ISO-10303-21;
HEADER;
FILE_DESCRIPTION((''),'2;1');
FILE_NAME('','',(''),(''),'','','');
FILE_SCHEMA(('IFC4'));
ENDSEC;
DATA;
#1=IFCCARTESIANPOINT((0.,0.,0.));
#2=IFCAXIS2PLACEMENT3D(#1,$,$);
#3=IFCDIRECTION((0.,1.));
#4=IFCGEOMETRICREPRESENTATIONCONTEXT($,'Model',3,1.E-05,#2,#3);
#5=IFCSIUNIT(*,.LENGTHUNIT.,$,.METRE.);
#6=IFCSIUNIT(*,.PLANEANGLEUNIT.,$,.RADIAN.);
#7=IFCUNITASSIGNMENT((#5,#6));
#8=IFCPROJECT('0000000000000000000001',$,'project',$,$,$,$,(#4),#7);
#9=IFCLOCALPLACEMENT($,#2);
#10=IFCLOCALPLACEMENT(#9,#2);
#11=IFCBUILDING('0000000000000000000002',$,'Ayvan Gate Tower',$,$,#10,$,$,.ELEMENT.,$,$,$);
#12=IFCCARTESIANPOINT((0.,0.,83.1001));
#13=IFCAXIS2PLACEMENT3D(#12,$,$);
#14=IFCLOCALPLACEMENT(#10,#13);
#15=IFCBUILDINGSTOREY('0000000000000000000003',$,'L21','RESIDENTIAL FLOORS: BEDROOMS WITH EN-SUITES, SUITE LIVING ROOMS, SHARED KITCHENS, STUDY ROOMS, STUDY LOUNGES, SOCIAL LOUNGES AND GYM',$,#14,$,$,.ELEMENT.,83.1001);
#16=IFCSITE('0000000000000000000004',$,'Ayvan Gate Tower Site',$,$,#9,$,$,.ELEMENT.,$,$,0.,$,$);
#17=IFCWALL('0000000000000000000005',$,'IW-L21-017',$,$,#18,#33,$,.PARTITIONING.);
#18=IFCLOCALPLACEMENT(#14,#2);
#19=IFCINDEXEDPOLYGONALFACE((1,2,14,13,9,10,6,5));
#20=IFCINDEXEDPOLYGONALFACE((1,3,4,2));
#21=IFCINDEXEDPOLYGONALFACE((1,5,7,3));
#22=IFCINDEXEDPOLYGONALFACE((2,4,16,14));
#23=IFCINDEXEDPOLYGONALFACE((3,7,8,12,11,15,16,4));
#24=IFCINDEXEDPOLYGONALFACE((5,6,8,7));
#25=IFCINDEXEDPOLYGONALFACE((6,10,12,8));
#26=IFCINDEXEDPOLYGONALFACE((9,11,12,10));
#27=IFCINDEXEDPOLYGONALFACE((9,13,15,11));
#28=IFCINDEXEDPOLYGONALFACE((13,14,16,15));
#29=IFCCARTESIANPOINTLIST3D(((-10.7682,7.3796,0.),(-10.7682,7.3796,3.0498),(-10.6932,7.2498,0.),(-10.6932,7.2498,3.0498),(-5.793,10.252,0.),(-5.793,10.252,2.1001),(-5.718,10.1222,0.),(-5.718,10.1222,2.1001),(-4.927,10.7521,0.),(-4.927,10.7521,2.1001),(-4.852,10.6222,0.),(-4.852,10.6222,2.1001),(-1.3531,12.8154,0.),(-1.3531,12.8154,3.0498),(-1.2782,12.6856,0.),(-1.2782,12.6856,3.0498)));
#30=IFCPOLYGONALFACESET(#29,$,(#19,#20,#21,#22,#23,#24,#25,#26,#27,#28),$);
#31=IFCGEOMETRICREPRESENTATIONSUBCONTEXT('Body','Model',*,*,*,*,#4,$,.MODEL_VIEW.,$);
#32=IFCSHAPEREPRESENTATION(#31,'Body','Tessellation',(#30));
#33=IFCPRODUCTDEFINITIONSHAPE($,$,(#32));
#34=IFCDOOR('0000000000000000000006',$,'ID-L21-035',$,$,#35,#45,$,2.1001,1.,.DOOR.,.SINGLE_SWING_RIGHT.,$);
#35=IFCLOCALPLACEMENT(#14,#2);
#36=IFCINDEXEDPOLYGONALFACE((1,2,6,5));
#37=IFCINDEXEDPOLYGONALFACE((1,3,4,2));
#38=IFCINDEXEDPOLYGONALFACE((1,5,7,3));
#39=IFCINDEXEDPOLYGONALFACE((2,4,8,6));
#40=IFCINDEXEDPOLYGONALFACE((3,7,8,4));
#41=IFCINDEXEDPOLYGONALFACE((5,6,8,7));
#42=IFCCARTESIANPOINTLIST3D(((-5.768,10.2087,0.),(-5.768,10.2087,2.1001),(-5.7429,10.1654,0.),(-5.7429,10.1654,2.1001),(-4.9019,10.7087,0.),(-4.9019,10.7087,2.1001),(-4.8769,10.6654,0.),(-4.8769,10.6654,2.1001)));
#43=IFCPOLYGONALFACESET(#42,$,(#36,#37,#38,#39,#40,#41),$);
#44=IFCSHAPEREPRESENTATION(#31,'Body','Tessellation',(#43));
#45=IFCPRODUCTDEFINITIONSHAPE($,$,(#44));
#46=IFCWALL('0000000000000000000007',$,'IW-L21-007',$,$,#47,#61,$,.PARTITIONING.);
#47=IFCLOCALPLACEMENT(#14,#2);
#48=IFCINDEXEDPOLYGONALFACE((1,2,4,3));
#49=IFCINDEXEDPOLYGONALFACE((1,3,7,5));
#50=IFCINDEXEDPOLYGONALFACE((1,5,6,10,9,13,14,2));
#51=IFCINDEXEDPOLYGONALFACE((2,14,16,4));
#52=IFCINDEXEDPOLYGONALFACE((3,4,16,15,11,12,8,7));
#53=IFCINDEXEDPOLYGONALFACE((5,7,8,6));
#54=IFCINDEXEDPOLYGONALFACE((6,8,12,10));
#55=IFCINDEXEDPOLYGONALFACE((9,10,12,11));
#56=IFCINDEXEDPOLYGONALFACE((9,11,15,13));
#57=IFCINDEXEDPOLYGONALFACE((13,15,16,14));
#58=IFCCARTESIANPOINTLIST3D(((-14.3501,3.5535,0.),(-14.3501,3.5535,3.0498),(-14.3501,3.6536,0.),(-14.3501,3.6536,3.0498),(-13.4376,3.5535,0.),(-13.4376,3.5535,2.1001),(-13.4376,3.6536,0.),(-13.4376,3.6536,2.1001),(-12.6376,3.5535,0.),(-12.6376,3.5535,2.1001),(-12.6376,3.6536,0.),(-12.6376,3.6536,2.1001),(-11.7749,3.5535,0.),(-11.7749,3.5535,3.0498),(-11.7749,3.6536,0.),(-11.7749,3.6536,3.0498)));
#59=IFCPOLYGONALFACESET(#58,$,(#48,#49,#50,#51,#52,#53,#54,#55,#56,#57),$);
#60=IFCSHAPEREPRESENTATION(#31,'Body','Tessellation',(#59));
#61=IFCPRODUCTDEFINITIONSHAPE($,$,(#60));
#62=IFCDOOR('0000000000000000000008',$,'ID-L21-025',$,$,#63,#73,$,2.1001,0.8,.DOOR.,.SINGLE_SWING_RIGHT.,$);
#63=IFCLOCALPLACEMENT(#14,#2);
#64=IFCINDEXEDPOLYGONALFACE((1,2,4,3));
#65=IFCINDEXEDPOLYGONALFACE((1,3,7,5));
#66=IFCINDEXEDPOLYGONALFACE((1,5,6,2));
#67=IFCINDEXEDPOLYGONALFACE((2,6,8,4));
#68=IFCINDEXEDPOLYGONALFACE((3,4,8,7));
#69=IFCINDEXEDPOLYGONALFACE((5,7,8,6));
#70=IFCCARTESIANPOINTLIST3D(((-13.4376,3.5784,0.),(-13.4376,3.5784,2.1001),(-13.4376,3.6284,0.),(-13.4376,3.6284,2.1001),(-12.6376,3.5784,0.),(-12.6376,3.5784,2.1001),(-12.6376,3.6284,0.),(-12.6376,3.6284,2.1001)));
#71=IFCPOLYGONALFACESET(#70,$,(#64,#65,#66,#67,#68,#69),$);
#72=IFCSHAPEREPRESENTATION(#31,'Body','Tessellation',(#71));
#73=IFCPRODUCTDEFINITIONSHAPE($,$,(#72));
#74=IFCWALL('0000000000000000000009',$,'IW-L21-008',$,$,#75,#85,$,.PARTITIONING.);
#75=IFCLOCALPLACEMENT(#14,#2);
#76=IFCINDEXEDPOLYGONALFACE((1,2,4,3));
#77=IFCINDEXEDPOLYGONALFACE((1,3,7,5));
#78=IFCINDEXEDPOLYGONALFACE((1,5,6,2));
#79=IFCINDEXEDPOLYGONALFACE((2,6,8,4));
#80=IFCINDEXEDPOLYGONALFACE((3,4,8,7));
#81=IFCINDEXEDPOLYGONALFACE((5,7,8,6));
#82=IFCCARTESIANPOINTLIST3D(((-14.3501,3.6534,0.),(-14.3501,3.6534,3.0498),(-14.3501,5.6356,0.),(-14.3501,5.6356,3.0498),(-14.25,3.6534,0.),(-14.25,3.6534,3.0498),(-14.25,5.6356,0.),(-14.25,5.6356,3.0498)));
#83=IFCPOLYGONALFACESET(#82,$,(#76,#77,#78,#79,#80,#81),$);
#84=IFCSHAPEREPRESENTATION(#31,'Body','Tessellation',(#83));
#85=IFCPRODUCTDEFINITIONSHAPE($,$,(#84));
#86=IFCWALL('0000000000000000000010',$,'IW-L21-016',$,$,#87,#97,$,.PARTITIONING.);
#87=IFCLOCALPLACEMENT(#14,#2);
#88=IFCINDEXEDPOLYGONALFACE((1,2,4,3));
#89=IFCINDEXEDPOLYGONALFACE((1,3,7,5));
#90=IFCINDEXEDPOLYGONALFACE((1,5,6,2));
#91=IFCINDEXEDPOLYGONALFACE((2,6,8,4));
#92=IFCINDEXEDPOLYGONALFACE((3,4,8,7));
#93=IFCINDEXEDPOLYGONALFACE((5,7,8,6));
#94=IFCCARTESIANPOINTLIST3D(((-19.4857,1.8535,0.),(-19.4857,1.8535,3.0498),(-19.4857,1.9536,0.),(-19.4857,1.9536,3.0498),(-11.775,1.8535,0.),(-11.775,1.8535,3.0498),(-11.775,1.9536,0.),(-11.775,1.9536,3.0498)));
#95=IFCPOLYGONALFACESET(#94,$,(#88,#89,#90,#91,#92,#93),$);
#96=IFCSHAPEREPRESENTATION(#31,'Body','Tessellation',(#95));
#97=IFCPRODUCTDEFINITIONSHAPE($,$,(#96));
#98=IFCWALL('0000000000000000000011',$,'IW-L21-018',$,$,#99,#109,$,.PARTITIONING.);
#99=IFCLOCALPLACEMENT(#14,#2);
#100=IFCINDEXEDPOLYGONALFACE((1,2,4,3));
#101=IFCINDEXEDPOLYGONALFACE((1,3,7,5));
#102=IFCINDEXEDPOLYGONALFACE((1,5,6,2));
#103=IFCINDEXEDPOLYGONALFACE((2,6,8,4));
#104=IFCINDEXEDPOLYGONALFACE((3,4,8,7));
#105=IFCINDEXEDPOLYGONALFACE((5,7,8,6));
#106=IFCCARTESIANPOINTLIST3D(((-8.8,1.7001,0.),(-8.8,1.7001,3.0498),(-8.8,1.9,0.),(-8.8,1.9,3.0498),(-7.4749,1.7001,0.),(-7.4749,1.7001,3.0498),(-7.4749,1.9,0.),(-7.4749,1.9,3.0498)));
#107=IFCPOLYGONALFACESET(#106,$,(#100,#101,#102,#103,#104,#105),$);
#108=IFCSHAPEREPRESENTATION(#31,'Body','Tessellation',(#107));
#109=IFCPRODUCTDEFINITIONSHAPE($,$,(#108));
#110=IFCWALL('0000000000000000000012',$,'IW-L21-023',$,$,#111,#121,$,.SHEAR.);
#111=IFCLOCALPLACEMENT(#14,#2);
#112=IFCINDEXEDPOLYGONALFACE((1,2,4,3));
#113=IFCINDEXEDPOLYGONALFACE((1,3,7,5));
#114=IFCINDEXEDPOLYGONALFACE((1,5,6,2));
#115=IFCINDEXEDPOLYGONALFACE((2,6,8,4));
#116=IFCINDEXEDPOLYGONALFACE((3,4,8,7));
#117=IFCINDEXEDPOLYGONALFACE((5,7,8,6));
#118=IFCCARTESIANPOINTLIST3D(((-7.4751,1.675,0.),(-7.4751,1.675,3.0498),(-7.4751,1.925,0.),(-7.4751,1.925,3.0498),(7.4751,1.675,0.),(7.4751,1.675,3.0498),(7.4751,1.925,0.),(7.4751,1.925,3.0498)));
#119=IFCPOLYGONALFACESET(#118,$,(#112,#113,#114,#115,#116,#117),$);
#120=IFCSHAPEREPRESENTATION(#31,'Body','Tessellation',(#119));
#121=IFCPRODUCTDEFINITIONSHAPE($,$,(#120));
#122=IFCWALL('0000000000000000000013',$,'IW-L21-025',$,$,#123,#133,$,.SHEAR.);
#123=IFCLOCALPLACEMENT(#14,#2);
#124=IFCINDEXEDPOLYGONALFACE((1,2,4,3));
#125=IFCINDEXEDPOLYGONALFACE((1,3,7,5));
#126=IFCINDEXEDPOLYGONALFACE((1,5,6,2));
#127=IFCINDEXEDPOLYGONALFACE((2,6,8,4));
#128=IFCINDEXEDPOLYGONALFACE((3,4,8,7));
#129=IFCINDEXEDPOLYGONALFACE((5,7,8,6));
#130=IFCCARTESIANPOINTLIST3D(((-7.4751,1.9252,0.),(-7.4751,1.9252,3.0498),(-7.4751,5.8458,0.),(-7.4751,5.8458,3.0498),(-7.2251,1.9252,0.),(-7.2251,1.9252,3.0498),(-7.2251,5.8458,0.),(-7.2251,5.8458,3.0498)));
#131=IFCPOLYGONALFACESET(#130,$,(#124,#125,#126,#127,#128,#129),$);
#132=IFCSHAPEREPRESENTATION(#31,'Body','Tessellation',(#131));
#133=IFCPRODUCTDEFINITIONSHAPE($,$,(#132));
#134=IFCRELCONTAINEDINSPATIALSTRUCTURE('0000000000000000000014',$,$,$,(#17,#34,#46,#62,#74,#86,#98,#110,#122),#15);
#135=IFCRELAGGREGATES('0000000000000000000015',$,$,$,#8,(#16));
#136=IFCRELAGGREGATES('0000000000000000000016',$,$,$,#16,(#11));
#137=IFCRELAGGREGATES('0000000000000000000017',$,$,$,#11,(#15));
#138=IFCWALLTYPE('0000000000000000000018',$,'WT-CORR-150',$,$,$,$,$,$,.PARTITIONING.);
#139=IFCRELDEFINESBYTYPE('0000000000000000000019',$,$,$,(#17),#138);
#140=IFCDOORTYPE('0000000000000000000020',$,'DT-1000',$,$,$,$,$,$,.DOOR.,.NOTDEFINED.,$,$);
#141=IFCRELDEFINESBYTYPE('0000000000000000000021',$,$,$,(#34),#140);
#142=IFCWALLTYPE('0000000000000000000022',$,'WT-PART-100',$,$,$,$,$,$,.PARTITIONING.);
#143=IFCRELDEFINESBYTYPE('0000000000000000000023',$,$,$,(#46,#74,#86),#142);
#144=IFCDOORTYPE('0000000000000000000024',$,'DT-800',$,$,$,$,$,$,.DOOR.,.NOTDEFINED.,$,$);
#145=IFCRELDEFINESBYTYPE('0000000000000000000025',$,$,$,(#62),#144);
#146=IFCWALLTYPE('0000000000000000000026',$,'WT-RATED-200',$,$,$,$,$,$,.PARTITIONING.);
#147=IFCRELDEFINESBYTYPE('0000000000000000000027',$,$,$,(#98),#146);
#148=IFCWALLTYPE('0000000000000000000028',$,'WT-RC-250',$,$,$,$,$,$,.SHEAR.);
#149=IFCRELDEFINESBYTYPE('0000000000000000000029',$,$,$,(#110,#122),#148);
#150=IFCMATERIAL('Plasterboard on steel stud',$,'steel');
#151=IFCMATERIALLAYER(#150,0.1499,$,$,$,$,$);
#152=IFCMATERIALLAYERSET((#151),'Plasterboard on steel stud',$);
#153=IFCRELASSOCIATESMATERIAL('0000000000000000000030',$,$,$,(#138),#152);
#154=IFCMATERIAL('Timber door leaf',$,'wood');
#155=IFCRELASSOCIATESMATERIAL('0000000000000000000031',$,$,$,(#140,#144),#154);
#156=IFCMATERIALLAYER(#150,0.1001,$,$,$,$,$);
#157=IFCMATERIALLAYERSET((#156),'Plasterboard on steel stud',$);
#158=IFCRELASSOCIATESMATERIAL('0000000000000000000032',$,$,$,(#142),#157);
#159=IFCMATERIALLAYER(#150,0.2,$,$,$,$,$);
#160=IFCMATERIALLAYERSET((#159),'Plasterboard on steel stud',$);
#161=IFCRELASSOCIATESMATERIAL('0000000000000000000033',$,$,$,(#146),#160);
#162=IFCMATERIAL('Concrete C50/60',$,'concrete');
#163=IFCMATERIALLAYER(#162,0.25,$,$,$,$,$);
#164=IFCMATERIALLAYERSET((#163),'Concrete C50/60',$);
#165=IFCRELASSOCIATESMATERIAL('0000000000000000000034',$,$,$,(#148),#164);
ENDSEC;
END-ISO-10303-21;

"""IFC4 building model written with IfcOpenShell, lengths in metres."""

from ifc_helpers import new_model, si_unit, direction, frame, frame_2d, origin, place, context, subcontext, project, spatial, rectangle, extrude, material, layer, layer_set, type_object, element, fill, save


model = new_model("IFC4")

# Units and contexts
model_context = context("Model", 3, precision=1e-05, world=origin(), true_north=direction((0.0, 1.0)))
body_context = subcontext(model_context, "Body", "Model", "MODEL_VIEW")
ifc_project = project(units=[si_unit("LENGTHUNIT", "METRE"), si_unit("PLANEANGLEUNIT", "RADIAN")], contexts=[model_context])

# Site, building, storey
site_placement = place(None, origin())
site = spatial("IfcSite", under=ifc_project, at=site_placement, Name="Ayvan Gate Tower Site", CompositionType="ELEMENT", RefElevation=0.0)
building_placement = place(site_placement, origin())
building = spatial("IfcBuilding", under=site, at=building_placement, Name="Ayvan Gate Tower", CompositionType="ELEMENT")
storey_placement = place(building_placement, frame((0.0, 0.0, 83.1001)))
storey = spatial("IfcBuildingStorey", under=building, at=storey_placement, Name="L21", Description="RESIDENTIAL FLOORS: BEDROOMS WITH EN-SUITES, SUITE LIVING ROOMS, SHARED KITCHENS, STUDY ROOMS, STUDY LOUNGES, SOCIAL LOUNGES AND GYM", CompositionType="ELEMENT", Elevation=83.1001)

# Walls, openings, doors
ifc_material_1 = material(Name="Timber door leaf", Category="wood")
ifc_material_2 = material(Name="Plasterboard on steel stud", Category="steel")
ifc_layer_1 = layer(ifc_material_2, 0.1499)
ifc_layer_set_1 = layer_set([ifc_layer_1], Name="Plasterboard on steel stud")
wall_type_1 = type_object("IfcWallType", Name="WT-CORR-150", PredefinedType="PARTITIONING", material=ifc_layer_set_1)
door_type_1 = type_object("IfcDoorType", Name="DT-1000", OperationType="NOTDEFINED", PredefinedType="DOOR", material=ifc_material_1)
wall_1_placement = place(storey_placement, frame((-10.7307, 7.3147, 0.0), z_axis=(0.0, 0.0, 1.0), x_axis=(0.866025, 0.500001, 0.0)))
wall_1 = element("IfcWall", 1, at=wall_1_placement, inside=storey, type_object=wall_type_1, Name="IW-L21-017", PredefinedType="PARTITIONING", context=body_context, shape_type="SweptSolid", body=[
    extrude(rectangle(XDim=10.8716, YDim=0.1499, at=frame_2d((5.4358, 0.0))), origin(), (0.0, 0.0, 1.0), 3.0498),
])
opening_1_placement = place(wall_1_placement, frame((5.7449, 0.0, 0.0)))
opening_1 = element("IfcOpeningElement", 2, at=opening_1_placement, cuts=wall_1, PredefinedType="OPENING", context=body_context, shape_type="SweptSolid", body=[
    extrude(rectangle(XDim=1.0, YDim=2.1001, at=frame_2d((0.5, 1.05))), frame((0.0, 0.085, 0.0), z_axis=(0.0, -1.0, 0.0), x_axis=(1.0, 0.0, 0.0)), (0.0, 0.0, 1.0), 0.1699),
])
door_1_placement = place(opening_1_placement, origin())
door_1 = element("IfcDoor", 3, at=door_1_placement, inside=storey, type_object=door_type_1, Name="ID-L21-035", OperationType="SINGLE_SWING_RIGHT", OverallHeight=2.1001, OverallWidth=1.0, PredefinedType="DOOR", context=body_context, shape_type="SweptSolid", body=[
    extrude(rectangle(XDim=1.0, YDim=2.1001, at=frame_2d((0.5, 1.05))), frame((0.0, 0.0249, 0.0), z_axis=(0.0, -1.0, 0.0), x_axis=(1.0, 0.0, 0.0)), (0.0, 0.0, 1.0), 0.05),
])
fill(opening_1, door_1)
ifc_layer_2 = layer(ifc_material_2, 0.1001)
ifc_layer_set_2 = layer_set([ifc_layer_2], Name="Plasterboard on steel stud")
wall_type_2 = type_object("IfcWallType", Name="WT-PART-100", PredefinedType="PARTITIONING", material=ifc_layer_set_2)
wall_2_placement = place(storey_placement, frame((-14.3501, 3.6035, 0.0), z_axis=(0.0, 0.0, 1.0), x_axis=(1.0, 0.0, 0.0)))
wall_2 = element("IfcWall", 4, at=wall_2_placement, inside=storey, type_object=wall_type_2, Name="IW-L21-007", PredefinedType="PARTITIONING", context=body_context, shape_type="SweptSolid", body=[
    extrude(rectangle(XDim=2.5752, YDim=0.1001, at=frame_2d((1.2876, 0.0))), origin(), (0.0, 0.0, 1.0), 3.0498),
])
opening_2_placement = place(wall_2_placement, frame((0.9126, 0.0, 0.0)))
opening_2 = element("IfcOpeningElement", 5, at=opening_2_placement, cuts=wall_2, PredefinedType="OPENING", context=body_context, shape_type="SweptSolid", body=[
    extrude(rectangle(XDim=0.8, YDim=2.1001, at=frame_2d((0.3999, 1.05))), frame((0.0, 0.0601, 0.0), z_axis=(0.0, -1.0, 0.0), x_axis=(1.0, 0.0, 0.0)), (0.0, 0.0, 1.0), 0.1201),
])
door_type_2 = type_object("IfcDoorType", Name="DT-800", OperationType="NOTDEFINED", PredefinedType="DOOR", material=ifc_material_1)
door_2_placement = place(opening_2_placement, origin())
door_2 = element("IfcDoor", 6, at=door_2_placement, inside=storey, type_object=door_type_2, Name="ID-L21-025", OperationType="SINGLE_SWING_RIGHT", OverallHeight=2.1001, OverallWidth=0.8, PredefinedType="DOOR", context=body_context, shape_type="SweptSolid", body=[
    extrude(rectangle(XDim=0.8, YDim=2.1001, at=frame_2d((0.3999, 1.05))), frame((0.0, 0.0249, 0.0), z_axis=(0.0, -1.0, 0.0), x_axis=(1.0, 0.0, 0.0)), (0.0, 0.0, 1.0), 0.05),
])
fill(opening_2, door_2)

# Walls
wall_3_placement = place(storey_placement, frame((-14.3, 5.6357, 0.0), z_axis=(0.0, 0.0, 1.0), x_axis=(0.0, -1.0, 0.0)))
element("IfcWall", 7, at=wall_3_placement, inside=storey, type_object=wall_type_2, Name="IW-L21-008", PredefinedType="PARTITIONING", context=body_context, shape_type="SweptSolid", body=[
    extrude(rectangle(XDim=1.9822, YDim=0.1001, at=frame_2d((0.9912, 0.0))), origin(), (0.0, 0.0, 1.0), 3.0498),
])
wall_4_placement = place(storey_placement, frame((-11.7749, 1.9036, 0.0), z_axis=(0.0, 0.0, 1.0), x_axis=(-1.0, 0.0, 0.0)))
element("IfcWall", 8, at=wall_4_placement, inside=storey, type_object=wall_type_2, Name="IW-L21-016", PredefinedType="PARTITIONING", context=body_context, shape_type="SweptSolid", body=[
    extrude(rectangle(XDim=7.7107, YDim=0.1001, at=frame_2d((3.8555, 0.0))), origin(), (0.0, 0.0, 1.0), 3.0498),
])
ifc_layer_3 = layer(ifc_material_2, 0.2)
ifc_layer_set_3 = layer_set([ifc_layer_3], Name="Plasterboard on steel stud")
wall_type_3 = type_object("IfcWallType", Name="WT-RATED-200", PredefinedType="PARTITIONING", material=ifc_layer_set_3)
wall_5_placement = place(storey_placement, frame((-8.8, 1.8, 0.0), z_axis=(0.0, 0.0, 1.0), x_axis=(1.0, 0.0, 0.0)))
element("IfcWall", 9, at=wall_5_placement, inside=storey, type_object=wall_type_3, Name="IW-L21-018", PredefinedType="PARTITIONING", context=body_context, shape_type="SweptSolid", body=[
    extrude(rectangle(XDim=1.3252, YDim=0.2, at=frame_2d((0.6626, 0.0))), origin(), (0.0, 0.0, 1.0), 3.0498),
])
ifc_material_3 = material(Name="Concrete C50/60", Category="concrete")
ifc_layer_4 = layer(ifc_material_3, 0.25)
ifc_layer_set_4 = layer_set([ifc_layer_4], Name="Concrete C50/60")
wall_type_4 = type_object("IfcWallType", Name="WT-RC-250", PredefinedType="SHEAR", material=ifc_layer_set_4)
wall_6_placement = place(storey_placement, frame((-7.4751, 1.8, 0.0), z_axis=(0.0, 0.0, 1.0), x_axis=(1.0, 0.0, 0.0)))
element("IfcWall", 10, at=wall_6_placement, inside=storey, type_object=wall_type_4, Name="IW-L21-023", PredefinedType="SHEAR", context=body_context, shape_type="SweptSolid", body=[
    extrude(rectangle(XDim=14.9502, YDim=0.25, at=frame_2d((7.4751, 0.0))), origin(), (0.0, 0.0, 1.0), 3.0498),
])
wall_7_placement = place(storey_placement, frame((-7.3501, 1.925, 0.0), z_axis=(0.0, 0.0, 1.0), x_axis=(0.0, 1.0, 0.0)))
element("IfcWall", 11, at=wall_7_placement, inside=storey, type_object=wall_type_4, Name="IW-L21-025", PredefinedType="SHEAR", context=body_context, shape_type="SweptSolid", body=[
    extrude(rectangle(XDim=3.9207, YDim=0.25, at=frame_2d((1.9604, 0.0))), origin(), (0.0, 0.0, 1.0), 3.0498),
])

save(model, "model.ifc")
